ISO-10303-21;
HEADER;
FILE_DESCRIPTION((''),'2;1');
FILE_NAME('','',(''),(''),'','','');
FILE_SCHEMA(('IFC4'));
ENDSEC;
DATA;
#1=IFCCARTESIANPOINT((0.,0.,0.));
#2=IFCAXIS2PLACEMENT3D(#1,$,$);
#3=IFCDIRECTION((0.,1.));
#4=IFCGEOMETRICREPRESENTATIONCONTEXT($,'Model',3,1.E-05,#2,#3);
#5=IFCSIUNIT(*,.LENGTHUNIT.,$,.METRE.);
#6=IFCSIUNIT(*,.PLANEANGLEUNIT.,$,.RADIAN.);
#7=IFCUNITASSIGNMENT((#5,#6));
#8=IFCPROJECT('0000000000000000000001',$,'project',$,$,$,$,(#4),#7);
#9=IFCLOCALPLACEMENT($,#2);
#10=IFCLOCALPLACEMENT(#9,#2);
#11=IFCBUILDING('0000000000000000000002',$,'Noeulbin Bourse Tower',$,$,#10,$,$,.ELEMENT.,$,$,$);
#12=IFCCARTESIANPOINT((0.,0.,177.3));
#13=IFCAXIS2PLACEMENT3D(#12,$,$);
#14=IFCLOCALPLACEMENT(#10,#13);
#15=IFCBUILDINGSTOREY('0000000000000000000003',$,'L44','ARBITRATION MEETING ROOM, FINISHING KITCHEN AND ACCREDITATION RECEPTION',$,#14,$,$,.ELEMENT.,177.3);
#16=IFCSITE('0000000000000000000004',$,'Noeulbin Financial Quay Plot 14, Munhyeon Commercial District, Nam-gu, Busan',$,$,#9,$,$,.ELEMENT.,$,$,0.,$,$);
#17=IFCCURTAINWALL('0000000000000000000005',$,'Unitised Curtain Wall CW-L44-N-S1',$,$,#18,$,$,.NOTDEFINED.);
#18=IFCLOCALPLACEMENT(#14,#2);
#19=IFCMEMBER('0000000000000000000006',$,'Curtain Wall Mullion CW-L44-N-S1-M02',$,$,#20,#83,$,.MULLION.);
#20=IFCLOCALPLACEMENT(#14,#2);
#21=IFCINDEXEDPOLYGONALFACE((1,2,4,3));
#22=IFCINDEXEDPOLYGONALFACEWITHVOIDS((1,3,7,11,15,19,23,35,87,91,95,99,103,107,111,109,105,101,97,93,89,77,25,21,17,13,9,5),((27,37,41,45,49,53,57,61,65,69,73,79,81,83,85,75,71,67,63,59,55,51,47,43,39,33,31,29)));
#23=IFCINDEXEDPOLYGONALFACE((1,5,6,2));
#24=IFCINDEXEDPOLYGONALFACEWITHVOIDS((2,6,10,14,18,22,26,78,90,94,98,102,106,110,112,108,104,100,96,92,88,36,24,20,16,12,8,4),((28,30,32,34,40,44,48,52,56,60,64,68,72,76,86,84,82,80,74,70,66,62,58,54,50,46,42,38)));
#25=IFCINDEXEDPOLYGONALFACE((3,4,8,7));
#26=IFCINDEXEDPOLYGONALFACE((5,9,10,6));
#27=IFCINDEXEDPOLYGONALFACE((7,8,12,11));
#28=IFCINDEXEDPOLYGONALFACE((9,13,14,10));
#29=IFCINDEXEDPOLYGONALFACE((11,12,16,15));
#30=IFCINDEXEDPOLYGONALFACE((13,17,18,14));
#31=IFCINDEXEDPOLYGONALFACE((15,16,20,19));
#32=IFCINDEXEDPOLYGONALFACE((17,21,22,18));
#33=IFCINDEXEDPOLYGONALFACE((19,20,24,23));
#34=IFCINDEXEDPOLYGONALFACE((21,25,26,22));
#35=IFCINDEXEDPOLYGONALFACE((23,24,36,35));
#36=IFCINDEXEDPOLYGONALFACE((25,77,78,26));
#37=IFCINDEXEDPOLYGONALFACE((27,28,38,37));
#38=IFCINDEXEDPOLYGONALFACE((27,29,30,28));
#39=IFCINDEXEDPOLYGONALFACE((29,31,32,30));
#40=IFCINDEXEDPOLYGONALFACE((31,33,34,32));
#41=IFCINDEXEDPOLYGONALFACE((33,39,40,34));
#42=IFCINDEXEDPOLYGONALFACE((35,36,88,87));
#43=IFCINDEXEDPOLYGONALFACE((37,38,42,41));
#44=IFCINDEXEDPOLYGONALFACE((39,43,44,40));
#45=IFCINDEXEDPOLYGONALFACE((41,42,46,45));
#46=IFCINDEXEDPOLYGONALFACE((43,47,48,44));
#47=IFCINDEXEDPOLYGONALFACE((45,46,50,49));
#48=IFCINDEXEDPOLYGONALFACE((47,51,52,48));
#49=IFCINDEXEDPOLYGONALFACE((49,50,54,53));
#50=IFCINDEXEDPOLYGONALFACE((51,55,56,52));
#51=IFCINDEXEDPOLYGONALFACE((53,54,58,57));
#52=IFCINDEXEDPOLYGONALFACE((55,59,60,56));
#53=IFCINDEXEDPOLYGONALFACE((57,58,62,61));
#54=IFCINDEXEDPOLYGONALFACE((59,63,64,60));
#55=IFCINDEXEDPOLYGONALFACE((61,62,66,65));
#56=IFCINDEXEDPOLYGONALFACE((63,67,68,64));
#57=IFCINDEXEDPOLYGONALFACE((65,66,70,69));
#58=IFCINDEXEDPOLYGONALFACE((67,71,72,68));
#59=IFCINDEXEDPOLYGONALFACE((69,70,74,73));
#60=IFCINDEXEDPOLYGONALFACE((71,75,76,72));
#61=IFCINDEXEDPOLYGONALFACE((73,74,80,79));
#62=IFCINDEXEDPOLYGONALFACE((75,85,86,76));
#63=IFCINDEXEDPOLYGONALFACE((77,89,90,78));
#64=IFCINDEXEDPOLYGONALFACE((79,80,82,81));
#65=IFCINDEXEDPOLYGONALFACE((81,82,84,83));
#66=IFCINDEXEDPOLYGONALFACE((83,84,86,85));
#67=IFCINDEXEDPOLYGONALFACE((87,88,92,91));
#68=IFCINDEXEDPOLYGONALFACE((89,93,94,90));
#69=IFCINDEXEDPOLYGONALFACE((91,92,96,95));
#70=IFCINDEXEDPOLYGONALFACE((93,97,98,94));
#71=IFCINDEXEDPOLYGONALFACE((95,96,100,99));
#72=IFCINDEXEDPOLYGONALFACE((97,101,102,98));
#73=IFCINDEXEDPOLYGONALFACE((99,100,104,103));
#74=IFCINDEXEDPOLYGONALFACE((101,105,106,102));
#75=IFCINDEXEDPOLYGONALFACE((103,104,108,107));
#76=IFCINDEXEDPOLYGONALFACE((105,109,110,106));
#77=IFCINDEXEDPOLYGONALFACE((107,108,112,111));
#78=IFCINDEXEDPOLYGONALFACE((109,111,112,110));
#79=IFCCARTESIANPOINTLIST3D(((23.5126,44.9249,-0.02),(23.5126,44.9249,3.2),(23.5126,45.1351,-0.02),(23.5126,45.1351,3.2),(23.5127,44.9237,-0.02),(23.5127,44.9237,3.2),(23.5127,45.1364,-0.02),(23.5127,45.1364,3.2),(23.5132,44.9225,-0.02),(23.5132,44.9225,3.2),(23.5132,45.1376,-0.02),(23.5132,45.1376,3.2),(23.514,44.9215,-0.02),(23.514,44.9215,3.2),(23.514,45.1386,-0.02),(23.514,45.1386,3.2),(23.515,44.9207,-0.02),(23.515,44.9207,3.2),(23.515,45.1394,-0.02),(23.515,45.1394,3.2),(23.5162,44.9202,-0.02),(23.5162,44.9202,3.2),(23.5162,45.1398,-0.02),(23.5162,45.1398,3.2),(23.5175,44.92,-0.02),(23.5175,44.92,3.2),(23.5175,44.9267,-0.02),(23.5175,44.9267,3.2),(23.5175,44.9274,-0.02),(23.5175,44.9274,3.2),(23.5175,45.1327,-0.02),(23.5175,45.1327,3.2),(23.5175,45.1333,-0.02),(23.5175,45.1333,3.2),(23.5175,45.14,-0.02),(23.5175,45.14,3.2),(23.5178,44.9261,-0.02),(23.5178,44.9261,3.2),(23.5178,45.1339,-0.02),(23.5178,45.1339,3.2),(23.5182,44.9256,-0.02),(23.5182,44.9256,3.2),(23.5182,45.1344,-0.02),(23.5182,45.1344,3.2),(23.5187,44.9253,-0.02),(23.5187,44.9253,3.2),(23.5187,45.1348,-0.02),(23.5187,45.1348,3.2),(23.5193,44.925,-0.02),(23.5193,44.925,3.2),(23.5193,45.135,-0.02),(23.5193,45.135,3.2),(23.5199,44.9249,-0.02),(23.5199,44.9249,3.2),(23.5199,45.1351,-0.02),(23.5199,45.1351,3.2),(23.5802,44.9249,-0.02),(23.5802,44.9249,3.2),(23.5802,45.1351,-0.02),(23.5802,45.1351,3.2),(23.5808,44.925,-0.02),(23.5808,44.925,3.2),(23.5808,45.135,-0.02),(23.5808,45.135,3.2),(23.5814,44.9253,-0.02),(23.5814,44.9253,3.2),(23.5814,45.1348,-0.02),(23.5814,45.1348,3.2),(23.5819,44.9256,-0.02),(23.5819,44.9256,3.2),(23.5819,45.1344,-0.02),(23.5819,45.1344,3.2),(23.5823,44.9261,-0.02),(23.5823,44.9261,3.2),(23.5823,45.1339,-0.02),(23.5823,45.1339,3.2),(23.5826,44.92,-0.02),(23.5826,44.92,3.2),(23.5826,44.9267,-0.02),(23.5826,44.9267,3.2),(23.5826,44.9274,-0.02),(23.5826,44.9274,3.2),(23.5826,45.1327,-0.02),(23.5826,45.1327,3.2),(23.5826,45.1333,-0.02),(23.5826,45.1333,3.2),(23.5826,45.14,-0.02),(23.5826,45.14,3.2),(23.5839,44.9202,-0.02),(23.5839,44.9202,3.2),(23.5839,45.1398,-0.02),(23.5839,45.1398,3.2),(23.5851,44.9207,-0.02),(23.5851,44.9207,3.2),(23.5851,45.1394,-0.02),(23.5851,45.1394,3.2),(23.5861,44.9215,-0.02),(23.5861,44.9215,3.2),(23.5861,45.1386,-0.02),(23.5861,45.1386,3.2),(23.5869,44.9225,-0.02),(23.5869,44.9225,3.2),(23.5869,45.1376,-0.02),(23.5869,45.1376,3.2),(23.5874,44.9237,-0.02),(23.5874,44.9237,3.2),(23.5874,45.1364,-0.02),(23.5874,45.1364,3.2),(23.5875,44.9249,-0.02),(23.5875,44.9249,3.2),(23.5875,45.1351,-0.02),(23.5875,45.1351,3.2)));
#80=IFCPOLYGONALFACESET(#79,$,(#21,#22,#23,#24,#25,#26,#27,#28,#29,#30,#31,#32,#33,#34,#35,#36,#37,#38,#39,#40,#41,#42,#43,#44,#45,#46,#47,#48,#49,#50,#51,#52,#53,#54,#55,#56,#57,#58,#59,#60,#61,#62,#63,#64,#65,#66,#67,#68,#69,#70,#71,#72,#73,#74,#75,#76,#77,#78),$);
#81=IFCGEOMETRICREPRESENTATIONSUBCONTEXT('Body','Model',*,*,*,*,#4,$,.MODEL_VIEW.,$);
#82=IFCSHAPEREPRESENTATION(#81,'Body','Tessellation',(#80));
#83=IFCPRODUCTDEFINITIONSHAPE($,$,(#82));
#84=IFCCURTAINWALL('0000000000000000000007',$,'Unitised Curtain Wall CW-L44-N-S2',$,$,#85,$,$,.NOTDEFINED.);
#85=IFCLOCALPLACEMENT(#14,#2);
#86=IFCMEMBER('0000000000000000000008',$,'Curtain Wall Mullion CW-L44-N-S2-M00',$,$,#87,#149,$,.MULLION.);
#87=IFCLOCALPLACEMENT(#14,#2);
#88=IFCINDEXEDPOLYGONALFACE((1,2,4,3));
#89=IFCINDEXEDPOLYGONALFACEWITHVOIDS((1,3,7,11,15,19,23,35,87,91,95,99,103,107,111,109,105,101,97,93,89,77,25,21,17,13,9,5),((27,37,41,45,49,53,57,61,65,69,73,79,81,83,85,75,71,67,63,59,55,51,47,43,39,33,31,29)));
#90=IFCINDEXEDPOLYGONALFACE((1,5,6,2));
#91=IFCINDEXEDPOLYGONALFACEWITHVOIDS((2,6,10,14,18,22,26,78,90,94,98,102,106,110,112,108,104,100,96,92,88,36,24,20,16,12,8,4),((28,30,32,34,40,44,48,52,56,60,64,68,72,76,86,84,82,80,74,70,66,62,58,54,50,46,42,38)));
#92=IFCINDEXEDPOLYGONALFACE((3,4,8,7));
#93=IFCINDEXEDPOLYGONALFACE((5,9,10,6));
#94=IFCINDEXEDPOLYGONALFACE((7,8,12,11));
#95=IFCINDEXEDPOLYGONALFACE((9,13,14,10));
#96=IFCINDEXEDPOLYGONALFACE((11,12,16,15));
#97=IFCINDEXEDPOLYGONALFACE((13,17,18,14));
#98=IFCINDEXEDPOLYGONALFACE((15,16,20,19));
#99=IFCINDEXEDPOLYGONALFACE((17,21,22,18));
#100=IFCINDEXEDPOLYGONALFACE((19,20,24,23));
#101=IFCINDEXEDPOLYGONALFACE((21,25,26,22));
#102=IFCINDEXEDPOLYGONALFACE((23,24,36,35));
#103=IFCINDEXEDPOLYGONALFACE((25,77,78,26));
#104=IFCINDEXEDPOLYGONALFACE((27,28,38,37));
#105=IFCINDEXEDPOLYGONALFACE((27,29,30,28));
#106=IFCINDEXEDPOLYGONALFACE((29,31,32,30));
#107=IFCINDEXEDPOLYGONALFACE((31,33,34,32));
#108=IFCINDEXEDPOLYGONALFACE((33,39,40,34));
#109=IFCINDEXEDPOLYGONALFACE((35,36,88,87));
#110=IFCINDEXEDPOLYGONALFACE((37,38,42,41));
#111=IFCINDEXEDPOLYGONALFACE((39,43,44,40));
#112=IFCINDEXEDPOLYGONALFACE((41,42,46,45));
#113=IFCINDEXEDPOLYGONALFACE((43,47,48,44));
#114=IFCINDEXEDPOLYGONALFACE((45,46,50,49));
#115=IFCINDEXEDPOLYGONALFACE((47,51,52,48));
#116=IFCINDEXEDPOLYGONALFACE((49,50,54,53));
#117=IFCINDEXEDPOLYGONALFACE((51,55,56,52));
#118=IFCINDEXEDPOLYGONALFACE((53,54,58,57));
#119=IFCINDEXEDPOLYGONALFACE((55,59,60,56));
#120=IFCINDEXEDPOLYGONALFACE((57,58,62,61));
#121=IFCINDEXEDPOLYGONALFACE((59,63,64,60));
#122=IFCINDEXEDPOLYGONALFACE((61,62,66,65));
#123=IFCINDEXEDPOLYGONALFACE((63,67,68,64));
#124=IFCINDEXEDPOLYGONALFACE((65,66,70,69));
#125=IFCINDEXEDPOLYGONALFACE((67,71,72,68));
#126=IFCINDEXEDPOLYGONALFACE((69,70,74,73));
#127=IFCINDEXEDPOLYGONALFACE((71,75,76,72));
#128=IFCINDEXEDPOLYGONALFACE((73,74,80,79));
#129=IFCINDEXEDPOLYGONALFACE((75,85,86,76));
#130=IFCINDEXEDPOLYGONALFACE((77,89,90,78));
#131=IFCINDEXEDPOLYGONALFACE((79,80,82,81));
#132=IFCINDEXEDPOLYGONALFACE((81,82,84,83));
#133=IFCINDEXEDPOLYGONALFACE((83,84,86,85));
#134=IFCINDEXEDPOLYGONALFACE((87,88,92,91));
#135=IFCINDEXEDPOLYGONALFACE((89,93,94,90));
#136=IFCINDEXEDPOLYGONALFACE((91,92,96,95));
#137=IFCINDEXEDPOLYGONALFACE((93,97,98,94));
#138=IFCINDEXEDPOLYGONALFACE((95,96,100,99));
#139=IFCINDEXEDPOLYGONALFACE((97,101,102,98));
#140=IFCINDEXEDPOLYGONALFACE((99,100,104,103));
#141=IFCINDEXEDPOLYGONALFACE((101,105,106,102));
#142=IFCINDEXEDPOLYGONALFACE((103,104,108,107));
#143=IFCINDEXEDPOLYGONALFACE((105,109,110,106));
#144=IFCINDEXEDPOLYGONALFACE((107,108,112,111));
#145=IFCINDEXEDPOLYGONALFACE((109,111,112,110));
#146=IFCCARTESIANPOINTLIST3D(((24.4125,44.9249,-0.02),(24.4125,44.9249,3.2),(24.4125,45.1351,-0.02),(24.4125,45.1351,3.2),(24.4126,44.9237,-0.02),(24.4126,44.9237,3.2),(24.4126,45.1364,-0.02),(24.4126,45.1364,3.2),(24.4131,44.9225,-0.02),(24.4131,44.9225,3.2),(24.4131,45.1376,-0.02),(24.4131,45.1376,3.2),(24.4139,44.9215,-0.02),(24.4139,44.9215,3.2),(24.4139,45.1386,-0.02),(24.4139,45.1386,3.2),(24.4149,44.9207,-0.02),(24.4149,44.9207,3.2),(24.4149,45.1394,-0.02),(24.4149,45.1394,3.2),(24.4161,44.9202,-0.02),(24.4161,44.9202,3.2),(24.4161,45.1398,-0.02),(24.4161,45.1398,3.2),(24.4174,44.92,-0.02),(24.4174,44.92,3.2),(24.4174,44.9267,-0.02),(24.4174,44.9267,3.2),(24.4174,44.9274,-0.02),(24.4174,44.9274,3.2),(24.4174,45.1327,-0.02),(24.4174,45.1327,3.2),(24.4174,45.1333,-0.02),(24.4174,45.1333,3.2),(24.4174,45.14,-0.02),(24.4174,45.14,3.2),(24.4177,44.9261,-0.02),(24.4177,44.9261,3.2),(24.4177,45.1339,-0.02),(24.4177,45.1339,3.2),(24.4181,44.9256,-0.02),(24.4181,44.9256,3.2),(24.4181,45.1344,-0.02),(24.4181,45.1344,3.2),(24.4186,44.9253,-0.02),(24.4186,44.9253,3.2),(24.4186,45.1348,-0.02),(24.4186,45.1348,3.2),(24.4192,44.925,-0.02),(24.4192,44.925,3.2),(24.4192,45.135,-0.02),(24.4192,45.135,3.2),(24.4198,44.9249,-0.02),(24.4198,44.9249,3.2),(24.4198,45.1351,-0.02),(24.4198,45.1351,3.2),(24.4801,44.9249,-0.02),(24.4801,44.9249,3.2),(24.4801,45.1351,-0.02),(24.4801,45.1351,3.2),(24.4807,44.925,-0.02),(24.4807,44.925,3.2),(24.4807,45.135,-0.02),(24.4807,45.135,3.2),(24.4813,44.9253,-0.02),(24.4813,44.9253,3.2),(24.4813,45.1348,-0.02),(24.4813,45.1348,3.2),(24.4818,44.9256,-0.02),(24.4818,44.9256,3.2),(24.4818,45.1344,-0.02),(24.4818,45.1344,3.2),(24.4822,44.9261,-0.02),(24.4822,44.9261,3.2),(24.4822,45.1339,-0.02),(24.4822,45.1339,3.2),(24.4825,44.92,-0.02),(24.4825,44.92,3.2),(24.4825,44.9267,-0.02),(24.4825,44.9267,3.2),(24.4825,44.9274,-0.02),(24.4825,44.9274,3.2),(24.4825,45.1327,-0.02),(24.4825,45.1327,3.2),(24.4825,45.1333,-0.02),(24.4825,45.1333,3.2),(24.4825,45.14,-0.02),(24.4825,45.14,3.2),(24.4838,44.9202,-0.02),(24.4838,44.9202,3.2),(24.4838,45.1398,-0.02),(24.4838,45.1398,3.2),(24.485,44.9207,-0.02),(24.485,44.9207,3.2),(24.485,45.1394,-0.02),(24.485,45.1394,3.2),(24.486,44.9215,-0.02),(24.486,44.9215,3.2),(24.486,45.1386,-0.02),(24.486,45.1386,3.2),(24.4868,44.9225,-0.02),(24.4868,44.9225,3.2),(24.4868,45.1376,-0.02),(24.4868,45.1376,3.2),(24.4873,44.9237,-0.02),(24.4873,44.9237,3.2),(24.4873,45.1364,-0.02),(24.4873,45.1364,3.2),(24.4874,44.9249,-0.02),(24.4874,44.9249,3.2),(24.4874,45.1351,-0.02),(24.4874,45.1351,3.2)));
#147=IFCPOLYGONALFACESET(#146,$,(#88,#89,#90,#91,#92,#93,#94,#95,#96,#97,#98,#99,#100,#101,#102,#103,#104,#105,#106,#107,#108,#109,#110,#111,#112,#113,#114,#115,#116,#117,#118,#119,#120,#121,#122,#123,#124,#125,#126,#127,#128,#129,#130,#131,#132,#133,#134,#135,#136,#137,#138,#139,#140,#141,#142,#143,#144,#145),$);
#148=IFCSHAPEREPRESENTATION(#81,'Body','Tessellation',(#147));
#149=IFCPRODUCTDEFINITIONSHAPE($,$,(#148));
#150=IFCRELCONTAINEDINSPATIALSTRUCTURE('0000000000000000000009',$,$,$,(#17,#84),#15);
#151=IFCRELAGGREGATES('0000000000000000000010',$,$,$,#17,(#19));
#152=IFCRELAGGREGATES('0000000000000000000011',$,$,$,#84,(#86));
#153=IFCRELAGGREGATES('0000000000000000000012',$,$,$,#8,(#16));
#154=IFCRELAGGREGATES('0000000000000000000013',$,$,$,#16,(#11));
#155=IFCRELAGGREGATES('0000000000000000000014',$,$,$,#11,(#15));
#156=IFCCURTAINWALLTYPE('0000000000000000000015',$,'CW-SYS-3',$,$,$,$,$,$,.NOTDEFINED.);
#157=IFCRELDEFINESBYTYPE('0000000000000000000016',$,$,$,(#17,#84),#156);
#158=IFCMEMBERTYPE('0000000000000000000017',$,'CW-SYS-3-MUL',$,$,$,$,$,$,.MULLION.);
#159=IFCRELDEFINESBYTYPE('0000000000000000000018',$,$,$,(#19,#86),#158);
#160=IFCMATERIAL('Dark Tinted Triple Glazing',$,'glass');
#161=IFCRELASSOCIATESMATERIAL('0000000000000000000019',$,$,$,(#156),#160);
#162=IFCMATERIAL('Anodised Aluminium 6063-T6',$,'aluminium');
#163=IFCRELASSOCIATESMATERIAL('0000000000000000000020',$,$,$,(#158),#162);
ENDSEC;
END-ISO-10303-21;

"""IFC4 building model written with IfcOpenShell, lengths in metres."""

from ifc_helpers import new_model, si_unit, direction, frame, origin, origin_2d, place, context, subcontext, project, spatial, hollow_rectangle, extrude, material, material_profile, profile_set, type_object, element, aggregate, save


model = new_model("IFC4")

# Units and contexts
model_context = context("Model", 3, precision=1e-05, world=origin(), true_north=direction((0.0, 1.0)))
body_context = subcontext(model_context, "Body", "Model", "MODEL_VIEW")
ifc_project = project(units=[si_unit("LENGTHUNIT", "METRE"), si_unit("PLANEANGLEUNIT", "RADIAN")], contexts=[model_context])

# Site, building, storey
site_placement = place(None, origin())
site = spatial("IfcSite", under=ifc_project, at=site_placement, Name="Noeulbin Financial Quay Plot 14, Munhyeon Commercial District, Nam-gu, Busan", CompositionType="ELEMENT", RefElevation=0.0)
building_placement = place(site_placement, origin())
building = spatial("IfcBuilding", under=site, at=building_placement, Name="Noeulbin Bourse Tower", CompositionType="ELEMENT")
storey_placement = place(building_placement, frame((0.0, 0.0, 177.3)))
storey = spatial("IfcBuildingStorey", under=building, at=storey_placement, Name="L44", Description="ARBITRATION MEETING ROOM, FINISHING KITCHEN AND ACCREDITATION RECEPTION", CompositionType="ELEMENT", Elevation=177.3)

# Curtain walls, members
ifc_material_1 = material(Name="Dark Tinted Triple Glazing", Category="glass")
curtain_wall_type = type_object("IfcCurtainWallType", Name="CW-SYS-3", PredefinedType="NOTDEFINED", material=ifc_material_1)
curtain_wall_1_placement = place(storey_placement, origin())
curtain_wall_1 = element("IfcCurtainWall", 1, at=curtain_wall_1_placement, inside=storey, type_object=curtain_wall_type, Name="Unitised Curtain Wall CW-L44-N-S1", PredefinedType="NOTDEFINED")
ifc_material_2 = material(Name="Anodised Aluminium 6063-T6", Category="aluminium")
ifc_material_profile_1 = material_profile(ifc_material_2, hollow_rectangle(XDim=0.075, YDim=0.22, WallThickness=0.0049, InnerFilletRadius=0.0024, OuterFilletRadius=0.0049, at=origin_2d()), Name="ALU-MULL-75x220x5", Category="LoadBearing")
ifc_profile_set_1 = profile_set([ifc_material_profile_1], Name="Anodised Aluminium 6063-T6")
member_type_1 = type_object("IfcMemberType", Name="CW-SYS-3-MUL", PredefinedType="MULLION", material=ifc_profile_set_1)
member_1_placement = place(storey_placement, frame((23.55, 45.03, -0.02), z_axis=(0.0, 0.0, 1.0), x_axis=(1.0, 0.0, 0.0)))
member_1 = element("IfcMember", 2, at=member_1_placement, type_object=member_type_1, Name="Curtain Wall Mullion CW-L44-N-S1-M02", PredefinedType="MULLION", context=body_context, shape_type="SweptSolid", body=[
    extrude(hollow_rectangle(XDim=0.075, YDim=0.22, WallThickness=0.0049, InnerFilletRadius=0.0024, OuterFilletRadius=0.0049, at=origin_2d()), origin(), (0.0, 0.0, 1.0), 3.22),
])
curtain_wall_2_placement = place(storey_placement, origin())
curtain_wall_2 = element("IfcCurtainWall", 3, at=curtain_wall_2_placement, inside=storey, type_object=curtain_wall_type, Name="Unitised Curtain Wall CW-L44-N-S2", PredefinedType="NOTDEFINED")
member_2_placement = place(storey_placement, frame((24.45, 45.03, -0.02), z_axis=(0.0, 0.0, 1.0), x_axis=(1.0, 0.0, 0.0)))
member_2 = element("IfcMember", 4, at=member_2_placement, type_object=member_type_1, Name="Curtain Wall Mullion CW-L44-N-S2-M00", PredefinedType="MULLION", context=body_context, shape_type="SweptSolid", body=[
    extrude(hollow_rectangle(XDim=0.075, YDim=0.22, WallThickness=0.0049, InnerFilletRadius=0.0024, OuterFilletRadius=0.0049, at=origin_2d()), origin(), (0.0, 0.0, 1.0), 3.22),
])

aggregate(curtain_wall_1, [member_1])
aggregate(curtain_wall_2, [member_2])

save(model, "model.ifc")
